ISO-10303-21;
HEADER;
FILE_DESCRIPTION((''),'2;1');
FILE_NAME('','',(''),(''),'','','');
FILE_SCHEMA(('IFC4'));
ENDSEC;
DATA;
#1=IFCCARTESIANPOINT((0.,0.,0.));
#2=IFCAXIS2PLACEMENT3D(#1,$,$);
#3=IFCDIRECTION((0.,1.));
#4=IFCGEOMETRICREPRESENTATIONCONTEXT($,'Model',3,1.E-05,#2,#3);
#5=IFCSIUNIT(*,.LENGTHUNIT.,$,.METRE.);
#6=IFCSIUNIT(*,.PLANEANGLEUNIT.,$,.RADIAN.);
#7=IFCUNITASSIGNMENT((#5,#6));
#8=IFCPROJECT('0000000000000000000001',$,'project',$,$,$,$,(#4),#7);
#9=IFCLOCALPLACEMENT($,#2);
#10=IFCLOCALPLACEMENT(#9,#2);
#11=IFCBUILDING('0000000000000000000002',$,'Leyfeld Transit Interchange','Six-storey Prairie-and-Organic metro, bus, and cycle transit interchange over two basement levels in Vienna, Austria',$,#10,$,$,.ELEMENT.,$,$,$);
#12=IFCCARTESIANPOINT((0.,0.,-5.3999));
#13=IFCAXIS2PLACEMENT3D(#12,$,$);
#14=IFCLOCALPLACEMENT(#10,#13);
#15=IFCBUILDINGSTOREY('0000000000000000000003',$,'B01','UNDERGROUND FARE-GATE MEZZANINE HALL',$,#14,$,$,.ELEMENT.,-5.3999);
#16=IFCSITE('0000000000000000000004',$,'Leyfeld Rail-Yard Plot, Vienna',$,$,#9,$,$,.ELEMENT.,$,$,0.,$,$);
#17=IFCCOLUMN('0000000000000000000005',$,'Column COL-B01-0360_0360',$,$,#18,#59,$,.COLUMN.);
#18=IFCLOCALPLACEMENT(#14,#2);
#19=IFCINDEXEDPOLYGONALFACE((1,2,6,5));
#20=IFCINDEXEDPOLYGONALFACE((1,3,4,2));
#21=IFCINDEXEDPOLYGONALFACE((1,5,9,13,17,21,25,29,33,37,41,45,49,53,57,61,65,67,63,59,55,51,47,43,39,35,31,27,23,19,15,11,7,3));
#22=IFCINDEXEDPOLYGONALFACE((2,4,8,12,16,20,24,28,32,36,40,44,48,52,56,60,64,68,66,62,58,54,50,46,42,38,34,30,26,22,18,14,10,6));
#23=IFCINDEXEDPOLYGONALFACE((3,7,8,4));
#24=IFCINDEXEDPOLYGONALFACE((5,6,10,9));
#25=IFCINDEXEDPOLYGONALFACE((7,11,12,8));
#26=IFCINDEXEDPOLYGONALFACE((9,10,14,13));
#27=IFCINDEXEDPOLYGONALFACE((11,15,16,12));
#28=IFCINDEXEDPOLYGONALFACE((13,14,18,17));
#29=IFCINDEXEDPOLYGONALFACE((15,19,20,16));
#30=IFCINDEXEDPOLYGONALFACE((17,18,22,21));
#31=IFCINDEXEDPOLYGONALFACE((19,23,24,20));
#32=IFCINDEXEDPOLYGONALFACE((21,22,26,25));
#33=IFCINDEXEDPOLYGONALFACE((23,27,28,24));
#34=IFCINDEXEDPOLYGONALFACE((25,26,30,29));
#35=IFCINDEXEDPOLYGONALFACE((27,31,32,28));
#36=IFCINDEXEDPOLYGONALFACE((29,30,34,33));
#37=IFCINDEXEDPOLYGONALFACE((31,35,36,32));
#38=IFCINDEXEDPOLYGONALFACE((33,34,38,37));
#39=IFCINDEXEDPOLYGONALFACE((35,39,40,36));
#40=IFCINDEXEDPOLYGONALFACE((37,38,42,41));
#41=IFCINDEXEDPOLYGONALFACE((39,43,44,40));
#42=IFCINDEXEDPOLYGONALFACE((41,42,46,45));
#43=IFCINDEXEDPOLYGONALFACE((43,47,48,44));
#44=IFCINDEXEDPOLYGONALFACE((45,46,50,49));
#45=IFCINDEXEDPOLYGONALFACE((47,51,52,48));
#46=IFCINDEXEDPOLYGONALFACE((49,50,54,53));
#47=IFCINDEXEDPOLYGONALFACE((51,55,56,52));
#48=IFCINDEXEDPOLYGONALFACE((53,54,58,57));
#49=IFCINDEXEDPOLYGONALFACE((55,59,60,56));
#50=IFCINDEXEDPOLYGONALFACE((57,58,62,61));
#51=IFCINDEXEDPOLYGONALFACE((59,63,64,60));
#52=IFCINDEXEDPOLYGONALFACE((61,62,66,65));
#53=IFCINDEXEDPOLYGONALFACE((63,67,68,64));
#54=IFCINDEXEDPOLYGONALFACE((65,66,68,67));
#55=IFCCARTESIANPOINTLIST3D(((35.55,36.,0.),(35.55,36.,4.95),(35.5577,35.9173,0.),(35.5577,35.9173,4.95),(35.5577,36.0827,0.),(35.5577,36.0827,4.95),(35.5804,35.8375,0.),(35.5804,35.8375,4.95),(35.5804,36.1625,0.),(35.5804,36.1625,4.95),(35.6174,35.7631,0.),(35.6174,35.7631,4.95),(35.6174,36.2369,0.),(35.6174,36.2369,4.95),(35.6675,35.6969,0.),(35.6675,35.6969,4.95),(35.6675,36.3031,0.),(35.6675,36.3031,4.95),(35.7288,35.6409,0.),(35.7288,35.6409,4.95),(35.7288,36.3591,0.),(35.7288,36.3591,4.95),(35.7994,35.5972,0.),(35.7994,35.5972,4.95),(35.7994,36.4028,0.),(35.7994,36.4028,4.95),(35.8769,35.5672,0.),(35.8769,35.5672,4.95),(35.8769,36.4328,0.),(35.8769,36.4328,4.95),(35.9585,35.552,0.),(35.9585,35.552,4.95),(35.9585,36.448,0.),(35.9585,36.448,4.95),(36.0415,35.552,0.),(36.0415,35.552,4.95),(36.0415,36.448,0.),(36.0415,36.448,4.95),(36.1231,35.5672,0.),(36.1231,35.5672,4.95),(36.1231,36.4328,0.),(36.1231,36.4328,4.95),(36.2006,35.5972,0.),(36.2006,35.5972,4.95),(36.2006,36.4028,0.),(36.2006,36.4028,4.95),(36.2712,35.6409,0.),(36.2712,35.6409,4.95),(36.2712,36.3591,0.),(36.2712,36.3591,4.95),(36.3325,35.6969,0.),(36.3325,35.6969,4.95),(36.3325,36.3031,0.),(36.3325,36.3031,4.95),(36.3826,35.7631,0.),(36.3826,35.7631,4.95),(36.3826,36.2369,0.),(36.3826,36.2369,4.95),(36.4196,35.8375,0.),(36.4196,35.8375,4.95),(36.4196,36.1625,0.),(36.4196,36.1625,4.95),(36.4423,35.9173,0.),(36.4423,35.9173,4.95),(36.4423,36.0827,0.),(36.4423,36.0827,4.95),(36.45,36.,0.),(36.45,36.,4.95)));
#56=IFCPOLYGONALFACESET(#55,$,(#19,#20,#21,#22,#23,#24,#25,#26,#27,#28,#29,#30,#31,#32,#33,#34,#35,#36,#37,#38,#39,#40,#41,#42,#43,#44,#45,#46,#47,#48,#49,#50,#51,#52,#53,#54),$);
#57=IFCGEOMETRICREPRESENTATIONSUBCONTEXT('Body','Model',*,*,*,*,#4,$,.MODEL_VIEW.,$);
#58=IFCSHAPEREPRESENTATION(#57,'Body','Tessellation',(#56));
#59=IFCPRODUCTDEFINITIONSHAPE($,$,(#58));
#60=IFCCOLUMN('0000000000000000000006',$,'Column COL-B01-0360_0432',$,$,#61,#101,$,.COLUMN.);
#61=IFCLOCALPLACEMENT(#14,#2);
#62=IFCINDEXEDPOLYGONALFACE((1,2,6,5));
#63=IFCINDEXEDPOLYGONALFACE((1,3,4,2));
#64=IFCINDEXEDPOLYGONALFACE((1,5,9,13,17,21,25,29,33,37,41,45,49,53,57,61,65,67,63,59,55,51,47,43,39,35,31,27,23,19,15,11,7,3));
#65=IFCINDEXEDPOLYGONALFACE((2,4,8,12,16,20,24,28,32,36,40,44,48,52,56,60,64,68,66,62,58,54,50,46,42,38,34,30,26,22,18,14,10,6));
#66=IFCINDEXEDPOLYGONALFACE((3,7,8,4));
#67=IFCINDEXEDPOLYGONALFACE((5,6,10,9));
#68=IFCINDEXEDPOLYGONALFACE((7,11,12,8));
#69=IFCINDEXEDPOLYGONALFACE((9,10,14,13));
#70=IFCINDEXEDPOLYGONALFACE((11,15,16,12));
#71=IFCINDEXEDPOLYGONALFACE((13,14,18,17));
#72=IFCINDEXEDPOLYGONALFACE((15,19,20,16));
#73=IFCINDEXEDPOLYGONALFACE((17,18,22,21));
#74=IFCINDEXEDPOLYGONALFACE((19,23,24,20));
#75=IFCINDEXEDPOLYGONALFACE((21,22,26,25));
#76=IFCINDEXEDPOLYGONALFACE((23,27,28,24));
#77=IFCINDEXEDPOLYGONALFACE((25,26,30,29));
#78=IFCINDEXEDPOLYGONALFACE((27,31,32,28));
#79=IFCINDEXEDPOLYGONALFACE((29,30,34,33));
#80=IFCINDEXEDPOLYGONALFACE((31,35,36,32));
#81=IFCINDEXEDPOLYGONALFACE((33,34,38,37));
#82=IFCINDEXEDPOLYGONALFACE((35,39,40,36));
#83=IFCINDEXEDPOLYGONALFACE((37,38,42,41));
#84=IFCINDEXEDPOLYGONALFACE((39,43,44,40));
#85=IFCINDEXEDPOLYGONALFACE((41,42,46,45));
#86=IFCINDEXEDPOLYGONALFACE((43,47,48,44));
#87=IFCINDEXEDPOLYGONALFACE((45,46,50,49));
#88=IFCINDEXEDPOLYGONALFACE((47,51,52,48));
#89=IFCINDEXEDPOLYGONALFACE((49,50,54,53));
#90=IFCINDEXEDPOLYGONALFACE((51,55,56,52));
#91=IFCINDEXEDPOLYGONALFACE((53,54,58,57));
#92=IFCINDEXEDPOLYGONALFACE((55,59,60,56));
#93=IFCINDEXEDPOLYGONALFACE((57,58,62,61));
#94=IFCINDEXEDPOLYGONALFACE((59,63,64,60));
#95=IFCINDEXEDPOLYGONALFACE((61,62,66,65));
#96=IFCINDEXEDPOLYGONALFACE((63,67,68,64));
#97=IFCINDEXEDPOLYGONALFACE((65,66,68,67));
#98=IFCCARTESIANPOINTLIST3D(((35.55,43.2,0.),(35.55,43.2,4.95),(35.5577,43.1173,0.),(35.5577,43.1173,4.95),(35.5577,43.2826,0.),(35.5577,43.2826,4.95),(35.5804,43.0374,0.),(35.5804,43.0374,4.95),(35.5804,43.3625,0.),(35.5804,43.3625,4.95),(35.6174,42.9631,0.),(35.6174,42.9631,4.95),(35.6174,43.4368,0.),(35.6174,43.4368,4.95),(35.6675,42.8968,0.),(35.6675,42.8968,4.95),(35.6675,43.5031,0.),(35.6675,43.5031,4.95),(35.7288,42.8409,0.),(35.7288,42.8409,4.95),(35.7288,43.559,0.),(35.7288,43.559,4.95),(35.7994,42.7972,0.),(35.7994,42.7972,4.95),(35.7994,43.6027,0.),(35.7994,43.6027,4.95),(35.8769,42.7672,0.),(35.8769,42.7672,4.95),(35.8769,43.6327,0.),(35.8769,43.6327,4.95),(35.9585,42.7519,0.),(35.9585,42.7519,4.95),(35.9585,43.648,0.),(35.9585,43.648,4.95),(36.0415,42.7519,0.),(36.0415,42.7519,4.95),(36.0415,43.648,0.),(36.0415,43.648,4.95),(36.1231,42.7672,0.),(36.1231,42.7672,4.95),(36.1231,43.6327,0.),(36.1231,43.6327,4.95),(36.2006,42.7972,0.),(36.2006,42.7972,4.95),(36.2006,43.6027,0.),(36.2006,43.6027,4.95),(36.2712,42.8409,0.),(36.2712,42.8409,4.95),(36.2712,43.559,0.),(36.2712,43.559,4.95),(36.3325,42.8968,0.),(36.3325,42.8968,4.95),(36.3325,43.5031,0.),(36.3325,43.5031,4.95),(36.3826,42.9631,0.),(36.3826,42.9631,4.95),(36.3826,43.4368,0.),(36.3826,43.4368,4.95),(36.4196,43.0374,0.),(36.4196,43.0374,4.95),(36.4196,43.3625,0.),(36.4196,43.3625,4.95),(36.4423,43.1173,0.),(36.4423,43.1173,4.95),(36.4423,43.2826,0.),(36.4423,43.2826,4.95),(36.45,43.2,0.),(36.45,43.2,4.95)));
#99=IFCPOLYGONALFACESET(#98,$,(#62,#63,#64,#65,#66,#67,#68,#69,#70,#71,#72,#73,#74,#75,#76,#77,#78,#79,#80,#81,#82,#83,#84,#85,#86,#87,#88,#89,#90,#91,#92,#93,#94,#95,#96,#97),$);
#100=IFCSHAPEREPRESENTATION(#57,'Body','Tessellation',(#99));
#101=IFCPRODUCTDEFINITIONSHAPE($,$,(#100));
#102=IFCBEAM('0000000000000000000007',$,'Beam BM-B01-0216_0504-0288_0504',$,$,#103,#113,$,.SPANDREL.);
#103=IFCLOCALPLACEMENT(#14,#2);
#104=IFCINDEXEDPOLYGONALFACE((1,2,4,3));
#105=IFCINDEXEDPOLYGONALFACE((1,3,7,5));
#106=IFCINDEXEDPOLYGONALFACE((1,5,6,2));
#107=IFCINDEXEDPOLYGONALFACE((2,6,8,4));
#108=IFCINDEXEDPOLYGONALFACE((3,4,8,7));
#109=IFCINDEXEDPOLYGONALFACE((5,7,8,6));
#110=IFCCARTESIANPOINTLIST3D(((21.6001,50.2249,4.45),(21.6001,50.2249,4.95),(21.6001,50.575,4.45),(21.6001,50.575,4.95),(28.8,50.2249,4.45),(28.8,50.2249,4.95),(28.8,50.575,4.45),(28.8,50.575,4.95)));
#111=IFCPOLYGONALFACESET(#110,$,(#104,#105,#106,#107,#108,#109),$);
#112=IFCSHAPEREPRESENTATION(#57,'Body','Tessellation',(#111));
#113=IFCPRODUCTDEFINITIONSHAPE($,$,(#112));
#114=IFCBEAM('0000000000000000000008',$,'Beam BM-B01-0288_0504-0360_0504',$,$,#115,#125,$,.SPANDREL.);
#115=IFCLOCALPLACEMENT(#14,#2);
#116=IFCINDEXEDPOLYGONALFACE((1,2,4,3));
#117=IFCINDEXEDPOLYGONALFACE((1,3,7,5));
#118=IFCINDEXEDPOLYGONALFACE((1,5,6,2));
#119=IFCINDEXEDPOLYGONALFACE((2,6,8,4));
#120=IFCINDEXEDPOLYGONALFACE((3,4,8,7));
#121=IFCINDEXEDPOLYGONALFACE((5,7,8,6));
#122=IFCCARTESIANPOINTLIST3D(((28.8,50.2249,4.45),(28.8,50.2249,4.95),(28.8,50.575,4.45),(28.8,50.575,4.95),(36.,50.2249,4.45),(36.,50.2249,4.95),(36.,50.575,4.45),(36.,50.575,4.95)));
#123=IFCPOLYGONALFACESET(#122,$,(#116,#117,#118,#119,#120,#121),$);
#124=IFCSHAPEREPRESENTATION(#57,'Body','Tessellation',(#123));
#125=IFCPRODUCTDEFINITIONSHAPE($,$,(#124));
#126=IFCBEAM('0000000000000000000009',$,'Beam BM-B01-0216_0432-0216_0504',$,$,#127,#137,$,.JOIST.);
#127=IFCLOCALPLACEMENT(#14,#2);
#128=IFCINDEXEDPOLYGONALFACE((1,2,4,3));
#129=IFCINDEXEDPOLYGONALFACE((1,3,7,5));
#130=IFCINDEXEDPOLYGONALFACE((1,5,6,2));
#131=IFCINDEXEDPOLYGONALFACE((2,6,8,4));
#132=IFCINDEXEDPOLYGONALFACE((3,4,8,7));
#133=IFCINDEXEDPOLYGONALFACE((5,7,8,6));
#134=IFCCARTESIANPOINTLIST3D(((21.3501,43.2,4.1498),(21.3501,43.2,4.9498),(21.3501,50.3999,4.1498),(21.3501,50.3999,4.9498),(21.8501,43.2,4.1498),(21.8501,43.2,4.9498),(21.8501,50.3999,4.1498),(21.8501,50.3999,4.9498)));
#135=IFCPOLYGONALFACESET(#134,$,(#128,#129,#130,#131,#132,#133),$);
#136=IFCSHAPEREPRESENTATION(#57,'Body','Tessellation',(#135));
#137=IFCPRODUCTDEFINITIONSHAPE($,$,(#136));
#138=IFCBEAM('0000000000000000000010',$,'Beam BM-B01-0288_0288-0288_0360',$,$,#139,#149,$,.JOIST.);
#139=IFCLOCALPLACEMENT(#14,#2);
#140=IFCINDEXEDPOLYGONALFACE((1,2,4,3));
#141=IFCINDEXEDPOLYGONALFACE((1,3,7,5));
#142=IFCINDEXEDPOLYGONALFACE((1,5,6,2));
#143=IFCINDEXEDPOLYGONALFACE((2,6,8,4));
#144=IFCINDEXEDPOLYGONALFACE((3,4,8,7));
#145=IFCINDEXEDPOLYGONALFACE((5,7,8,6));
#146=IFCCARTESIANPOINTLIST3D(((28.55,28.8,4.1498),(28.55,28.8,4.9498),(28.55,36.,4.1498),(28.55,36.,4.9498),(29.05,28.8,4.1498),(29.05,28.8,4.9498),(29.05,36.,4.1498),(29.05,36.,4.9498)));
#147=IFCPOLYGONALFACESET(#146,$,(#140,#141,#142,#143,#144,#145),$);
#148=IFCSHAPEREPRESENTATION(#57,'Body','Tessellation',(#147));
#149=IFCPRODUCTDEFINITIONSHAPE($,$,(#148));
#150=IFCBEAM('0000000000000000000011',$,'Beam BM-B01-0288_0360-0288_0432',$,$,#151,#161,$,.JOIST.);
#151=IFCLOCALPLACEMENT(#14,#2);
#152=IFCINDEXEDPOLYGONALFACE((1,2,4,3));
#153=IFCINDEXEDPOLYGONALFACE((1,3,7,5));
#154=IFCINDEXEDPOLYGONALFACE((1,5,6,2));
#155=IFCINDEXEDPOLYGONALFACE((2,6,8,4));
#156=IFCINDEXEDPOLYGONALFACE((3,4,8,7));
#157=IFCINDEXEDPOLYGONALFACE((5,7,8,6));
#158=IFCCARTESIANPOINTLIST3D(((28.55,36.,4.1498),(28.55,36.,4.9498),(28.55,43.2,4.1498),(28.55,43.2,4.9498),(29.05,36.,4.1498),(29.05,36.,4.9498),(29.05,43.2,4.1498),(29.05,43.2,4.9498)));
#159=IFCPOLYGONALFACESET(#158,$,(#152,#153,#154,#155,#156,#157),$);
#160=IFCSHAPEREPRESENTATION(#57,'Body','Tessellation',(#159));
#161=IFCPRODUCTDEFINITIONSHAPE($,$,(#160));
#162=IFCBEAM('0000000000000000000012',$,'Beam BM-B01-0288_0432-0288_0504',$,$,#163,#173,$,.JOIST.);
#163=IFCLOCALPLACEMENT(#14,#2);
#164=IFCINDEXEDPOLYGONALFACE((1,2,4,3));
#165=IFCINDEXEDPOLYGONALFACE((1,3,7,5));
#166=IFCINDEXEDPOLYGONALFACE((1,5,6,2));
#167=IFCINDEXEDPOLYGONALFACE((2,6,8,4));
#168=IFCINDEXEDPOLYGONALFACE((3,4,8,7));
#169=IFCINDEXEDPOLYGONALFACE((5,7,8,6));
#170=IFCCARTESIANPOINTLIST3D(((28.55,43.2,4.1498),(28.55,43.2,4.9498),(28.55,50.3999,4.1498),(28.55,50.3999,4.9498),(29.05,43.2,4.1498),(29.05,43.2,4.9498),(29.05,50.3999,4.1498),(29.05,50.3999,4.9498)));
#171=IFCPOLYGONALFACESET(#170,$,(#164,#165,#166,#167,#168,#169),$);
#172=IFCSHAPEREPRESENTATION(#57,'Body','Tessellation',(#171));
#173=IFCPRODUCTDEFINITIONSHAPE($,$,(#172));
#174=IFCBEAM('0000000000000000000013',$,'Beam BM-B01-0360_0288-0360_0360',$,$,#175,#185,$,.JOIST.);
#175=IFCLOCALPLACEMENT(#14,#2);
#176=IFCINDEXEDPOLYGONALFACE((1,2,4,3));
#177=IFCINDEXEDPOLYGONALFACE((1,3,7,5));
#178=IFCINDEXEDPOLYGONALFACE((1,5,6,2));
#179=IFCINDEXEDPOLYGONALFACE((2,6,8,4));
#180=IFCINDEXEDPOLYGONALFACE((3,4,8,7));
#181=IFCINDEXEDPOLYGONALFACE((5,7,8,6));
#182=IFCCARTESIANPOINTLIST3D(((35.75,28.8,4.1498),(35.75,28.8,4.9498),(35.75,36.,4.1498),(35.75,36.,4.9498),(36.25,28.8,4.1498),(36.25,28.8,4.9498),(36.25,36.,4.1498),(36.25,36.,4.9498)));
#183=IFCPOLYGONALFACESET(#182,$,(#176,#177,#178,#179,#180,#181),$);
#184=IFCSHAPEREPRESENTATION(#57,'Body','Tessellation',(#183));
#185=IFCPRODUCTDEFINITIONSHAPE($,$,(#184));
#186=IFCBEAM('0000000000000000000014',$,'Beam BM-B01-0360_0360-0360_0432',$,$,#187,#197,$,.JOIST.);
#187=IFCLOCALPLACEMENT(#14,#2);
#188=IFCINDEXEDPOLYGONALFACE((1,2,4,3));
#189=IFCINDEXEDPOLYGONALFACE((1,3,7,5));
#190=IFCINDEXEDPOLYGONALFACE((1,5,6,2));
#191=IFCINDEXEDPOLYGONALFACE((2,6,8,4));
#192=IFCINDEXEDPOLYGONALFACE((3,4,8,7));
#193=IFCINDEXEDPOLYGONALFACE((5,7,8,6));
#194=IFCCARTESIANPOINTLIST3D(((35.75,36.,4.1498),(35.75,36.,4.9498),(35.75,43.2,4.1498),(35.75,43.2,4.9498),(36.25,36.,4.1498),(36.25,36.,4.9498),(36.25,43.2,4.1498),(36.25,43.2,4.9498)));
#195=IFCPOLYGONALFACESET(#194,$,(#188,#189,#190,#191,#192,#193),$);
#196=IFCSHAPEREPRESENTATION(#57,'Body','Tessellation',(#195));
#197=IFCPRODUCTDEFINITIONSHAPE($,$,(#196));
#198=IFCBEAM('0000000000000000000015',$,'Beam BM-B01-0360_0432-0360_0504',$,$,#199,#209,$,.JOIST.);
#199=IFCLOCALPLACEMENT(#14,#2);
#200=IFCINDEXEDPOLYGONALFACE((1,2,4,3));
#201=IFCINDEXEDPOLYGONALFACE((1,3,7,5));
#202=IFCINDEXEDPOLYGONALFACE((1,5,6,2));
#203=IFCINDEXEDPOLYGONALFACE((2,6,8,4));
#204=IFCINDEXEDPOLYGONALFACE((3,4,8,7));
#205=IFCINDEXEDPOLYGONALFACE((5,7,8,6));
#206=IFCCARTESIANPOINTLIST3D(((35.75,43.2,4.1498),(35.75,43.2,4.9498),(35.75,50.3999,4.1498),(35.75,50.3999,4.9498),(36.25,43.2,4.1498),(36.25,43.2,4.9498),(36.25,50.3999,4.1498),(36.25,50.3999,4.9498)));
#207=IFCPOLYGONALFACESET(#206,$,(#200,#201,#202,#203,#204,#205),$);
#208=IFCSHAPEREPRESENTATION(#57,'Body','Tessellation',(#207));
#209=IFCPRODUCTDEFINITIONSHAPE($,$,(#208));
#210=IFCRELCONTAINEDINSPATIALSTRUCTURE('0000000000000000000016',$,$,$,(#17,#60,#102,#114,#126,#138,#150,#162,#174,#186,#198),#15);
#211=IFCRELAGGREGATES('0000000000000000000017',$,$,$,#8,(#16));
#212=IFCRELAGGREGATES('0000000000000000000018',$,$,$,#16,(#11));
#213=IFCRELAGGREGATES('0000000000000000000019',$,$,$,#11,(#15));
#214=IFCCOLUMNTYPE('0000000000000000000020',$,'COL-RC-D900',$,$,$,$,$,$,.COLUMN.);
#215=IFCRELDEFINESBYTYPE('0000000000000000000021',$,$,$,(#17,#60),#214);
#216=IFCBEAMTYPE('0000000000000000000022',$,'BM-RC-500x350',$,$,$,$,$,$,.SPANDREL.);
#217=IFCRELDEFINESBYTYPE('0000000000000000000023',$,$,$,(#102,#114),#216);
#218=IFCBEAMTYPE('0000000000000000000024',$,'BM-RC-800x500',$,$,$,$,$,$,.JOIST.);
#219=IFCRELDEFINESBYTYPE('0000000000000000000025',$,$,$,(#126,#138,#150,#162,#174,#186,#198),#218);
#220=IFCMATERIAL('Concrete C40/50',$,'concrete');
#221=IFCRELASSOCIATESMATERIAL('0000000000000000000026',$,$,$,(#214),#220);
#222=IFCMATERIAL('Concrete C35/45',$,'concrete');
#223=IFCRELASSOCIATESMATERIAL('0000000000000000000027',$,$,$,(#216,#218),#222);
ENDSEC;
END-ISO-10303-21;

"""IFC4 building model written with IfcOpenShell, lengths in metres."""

from ifc_helpers import new_model, si_unit, direction, frame, origin, origin_2d, place, context, subcontext, project, spatial, rectangle, circle, extrude, material, material_profile, profile_set, type_object, element, save


model = new_model("IFC4")

# Units and contexts
model_context = context("Model", 3, precision=1e-05, world=origin(), true_north=direction((0.0, 1.0)))
body_context = subcontext(model_context, "Body", "Model", "MODEL_VIEW")
ifc_project = project(units=[si_unit("LENGTHUNIT", "METRE"), si_unit("PLANEANGLEUNIT", "RADIAN")], contexts=[model_context])

# Site, building, storey
site_placement = place(None, origin())
site = spatial("IfcSite", under=ifc_project, at=site_placement, Name="Leyfeld Rail-Yard Plot, Vienna", CompositionType="ELEMENT", RefElevation=0.0)
building_placement = place(site_placement, origin())
building = spatial("IfcBuilding", under=site, at=building_placement, Name="Leyfeld Transit Interchange", Description="Six-storey Prairie-and-Organic metro, bus, and cycle transit interchange over two basement levels in Vienna, Austria", CompositionType="ELEMENT")
storey_placement = place(building_placement, frame((0.0, 0.0, -5.3999)))
storey = spatial("IfcBuildingStorey", under=building, at=storey_placement, Name="B01", Description="UNDERGROUND FARE-GATE MEZZANINE HALL", CompositionType="ELEMENT", Elevation=-5.3999)

# Columns
ifc_material_1 = material(Name="Concrete C35/45", Category="concrete")
ifc_material_2 = material(Name="Concrete C40/50", Category="concrete")
ifc_material_profile_1 = material_profile(ifc_material_2, circle(Radius=0.45, at=origin_2d()), Name="RC D900")
ifc_profile_set_1 = profile_set([ifc_material_profile_1], Name="Concrete C40/50")
column_type_1 = type_object("IfcColumnType", Name="COL-RC-D900", PredefinedType="COLUMN", material=ifc_profile_set_1)
for number, where, z_axis, x_axis, name in (
    (1, (36.0, 36.0, 0.0), (0.0, 0.0, 1.0), (1.0, 0.0, 0.0), "Column COL-B01-0360_0360"),
    (2, (36.0, 43.2, 0.0), (0.0, 0.0, 1.0), (1.0, 0.0, 0.0), "Column COL-B01-0360_0432"),
):
    element("IfcColumn", number, at=place(storey_placement, frame(where, z_axis=z_axis, x_axis=x_axis)), inside=storey, type_object=column_type_1, Name=name, PredefinedType="COLUMN", context=body_context, shape_type="SweptSolid", body=[
        extrude(circle(Radius=0.45, at=origin_2d()), origin(), (0.0, 0.0, 1.0), 4.95),
    ])

# Beams
ifc_material_profile_2 = material_profile(ifc_material_1, rectangle(XDim=0.3501, YDim=0.5, at=origin_2d()), Name="RC 500x350")
ifc_profile_set_2 = profile_set([ifc_material_profile_2], Name="Concrete C35/45")
beam_type_1 = type_object("IfcBeamType", Name="BM-RC-500x350", PredefinedType="SPANDREL", material=ifc_profile_set_2)
for number, where, z_axis, x_axis, name in (
    (3, (21.6001, 50.3999, 4.7), (1.0, 0.0, 0.0), (0.0, 1.0, 0.0), "Beam BM-B01-0216_0504-0288_0504"),
    (4, (28.8, 50.3999, 4.7), (1.0, 0.0, 0.0), (0.0, 1.0, 0.0), "Beam BM-B01-0288_0504-0360_0504"),
):
    element("IfcBeam", number, at=place(storey_placement, frame(where, z_axis=z_axis, x_axis=x_axis)), inside=storey, type_object=beam_type_1, Name=name, PredefinedType="SPANDREL", context=body_context, shape_type="SweptSolid", body=[
        extrude(rectangle(XDim=0.3501, YDim=0.5, at=origin_2d()), origin(), (0.0, 0.0, 1.0), 7.2),
    ])
ifc_material_profile_3 = material_profile(ifc_material_1, rectangle(XDim=0.5, YDim=0.8, at=origin_2d()), Name="RC 800x500")
ifc_profile_set_3 = profile_set([ifc_material_profile_3], Name="Concrete C35/45")
beam_type_2 = type_object("IfcBeamType", Name="BM-RC-800x500", PredefinedType="JOIST", material=ifc_profile_set_3)
for number, where, z_axis, x_axis, name in (
    (5, (21.6001, 43.2, 4.5498), (0.0, 1.0, 0.0), (-1.0, 0.0, 0.0), "Beam BM-B01-0216_0432-0216_0504"),
    (6, (28.8, 28.8, 4.5498), (0.0, 1.0, 0.0), (-1.0, 0.0, 0.0), "Beam BM-B01-0288_0288-0288_0360"),
    (7, (28.8, 36.0, 4.5498), (0.0, 1.0, 0.0), (-1.0, 0.0, 0.0), "Beam BM-B01-0288_0360-0288_0432"),
    (8, (28.8, 43.2, 4.5498), (0.0, 1.0, 0.0), (-1.0, 0.0, 0.0), "Beam BM-B01-0288_0432-0288_0504"),
    (9, (36.0, 28.8, 4.5498), (0.0, 1.0, 0.0), (-1.0, 0.0, 0.0), "Beam BM-B01-0360_0288-0360_0360"),
    (10, (36.0, 36.0, 4.5498), (0.0, 1.0, 0.0), (-1.0, 0.0, 0.0), "Beam BM-B01-0360_0360-0360_0432"),
    (11, (36.0, 43.2, 4.5498), (0.0, 1.0, 0.0), (-1.0, 0.0, 0.0), "Beam BM-B01-0360_0432-0360_0504"),
):
    element("IfcBeam", number, at=place(storey_placement, frame(where, z_axis=z_axis, x_axis=x_axis)), inside=storey, type_object=beam_type_2, Name=name, PredefinedType="JOIST", context=body_context, shape_type="SweptSolid", body=[
        extrude(rectangle(XDim=0.5, YDim=0.8, at=origin_2d()), origin(), (0.0, 0.0, 1.0), 7.2),
    ])

save(model, "model.ifc")
